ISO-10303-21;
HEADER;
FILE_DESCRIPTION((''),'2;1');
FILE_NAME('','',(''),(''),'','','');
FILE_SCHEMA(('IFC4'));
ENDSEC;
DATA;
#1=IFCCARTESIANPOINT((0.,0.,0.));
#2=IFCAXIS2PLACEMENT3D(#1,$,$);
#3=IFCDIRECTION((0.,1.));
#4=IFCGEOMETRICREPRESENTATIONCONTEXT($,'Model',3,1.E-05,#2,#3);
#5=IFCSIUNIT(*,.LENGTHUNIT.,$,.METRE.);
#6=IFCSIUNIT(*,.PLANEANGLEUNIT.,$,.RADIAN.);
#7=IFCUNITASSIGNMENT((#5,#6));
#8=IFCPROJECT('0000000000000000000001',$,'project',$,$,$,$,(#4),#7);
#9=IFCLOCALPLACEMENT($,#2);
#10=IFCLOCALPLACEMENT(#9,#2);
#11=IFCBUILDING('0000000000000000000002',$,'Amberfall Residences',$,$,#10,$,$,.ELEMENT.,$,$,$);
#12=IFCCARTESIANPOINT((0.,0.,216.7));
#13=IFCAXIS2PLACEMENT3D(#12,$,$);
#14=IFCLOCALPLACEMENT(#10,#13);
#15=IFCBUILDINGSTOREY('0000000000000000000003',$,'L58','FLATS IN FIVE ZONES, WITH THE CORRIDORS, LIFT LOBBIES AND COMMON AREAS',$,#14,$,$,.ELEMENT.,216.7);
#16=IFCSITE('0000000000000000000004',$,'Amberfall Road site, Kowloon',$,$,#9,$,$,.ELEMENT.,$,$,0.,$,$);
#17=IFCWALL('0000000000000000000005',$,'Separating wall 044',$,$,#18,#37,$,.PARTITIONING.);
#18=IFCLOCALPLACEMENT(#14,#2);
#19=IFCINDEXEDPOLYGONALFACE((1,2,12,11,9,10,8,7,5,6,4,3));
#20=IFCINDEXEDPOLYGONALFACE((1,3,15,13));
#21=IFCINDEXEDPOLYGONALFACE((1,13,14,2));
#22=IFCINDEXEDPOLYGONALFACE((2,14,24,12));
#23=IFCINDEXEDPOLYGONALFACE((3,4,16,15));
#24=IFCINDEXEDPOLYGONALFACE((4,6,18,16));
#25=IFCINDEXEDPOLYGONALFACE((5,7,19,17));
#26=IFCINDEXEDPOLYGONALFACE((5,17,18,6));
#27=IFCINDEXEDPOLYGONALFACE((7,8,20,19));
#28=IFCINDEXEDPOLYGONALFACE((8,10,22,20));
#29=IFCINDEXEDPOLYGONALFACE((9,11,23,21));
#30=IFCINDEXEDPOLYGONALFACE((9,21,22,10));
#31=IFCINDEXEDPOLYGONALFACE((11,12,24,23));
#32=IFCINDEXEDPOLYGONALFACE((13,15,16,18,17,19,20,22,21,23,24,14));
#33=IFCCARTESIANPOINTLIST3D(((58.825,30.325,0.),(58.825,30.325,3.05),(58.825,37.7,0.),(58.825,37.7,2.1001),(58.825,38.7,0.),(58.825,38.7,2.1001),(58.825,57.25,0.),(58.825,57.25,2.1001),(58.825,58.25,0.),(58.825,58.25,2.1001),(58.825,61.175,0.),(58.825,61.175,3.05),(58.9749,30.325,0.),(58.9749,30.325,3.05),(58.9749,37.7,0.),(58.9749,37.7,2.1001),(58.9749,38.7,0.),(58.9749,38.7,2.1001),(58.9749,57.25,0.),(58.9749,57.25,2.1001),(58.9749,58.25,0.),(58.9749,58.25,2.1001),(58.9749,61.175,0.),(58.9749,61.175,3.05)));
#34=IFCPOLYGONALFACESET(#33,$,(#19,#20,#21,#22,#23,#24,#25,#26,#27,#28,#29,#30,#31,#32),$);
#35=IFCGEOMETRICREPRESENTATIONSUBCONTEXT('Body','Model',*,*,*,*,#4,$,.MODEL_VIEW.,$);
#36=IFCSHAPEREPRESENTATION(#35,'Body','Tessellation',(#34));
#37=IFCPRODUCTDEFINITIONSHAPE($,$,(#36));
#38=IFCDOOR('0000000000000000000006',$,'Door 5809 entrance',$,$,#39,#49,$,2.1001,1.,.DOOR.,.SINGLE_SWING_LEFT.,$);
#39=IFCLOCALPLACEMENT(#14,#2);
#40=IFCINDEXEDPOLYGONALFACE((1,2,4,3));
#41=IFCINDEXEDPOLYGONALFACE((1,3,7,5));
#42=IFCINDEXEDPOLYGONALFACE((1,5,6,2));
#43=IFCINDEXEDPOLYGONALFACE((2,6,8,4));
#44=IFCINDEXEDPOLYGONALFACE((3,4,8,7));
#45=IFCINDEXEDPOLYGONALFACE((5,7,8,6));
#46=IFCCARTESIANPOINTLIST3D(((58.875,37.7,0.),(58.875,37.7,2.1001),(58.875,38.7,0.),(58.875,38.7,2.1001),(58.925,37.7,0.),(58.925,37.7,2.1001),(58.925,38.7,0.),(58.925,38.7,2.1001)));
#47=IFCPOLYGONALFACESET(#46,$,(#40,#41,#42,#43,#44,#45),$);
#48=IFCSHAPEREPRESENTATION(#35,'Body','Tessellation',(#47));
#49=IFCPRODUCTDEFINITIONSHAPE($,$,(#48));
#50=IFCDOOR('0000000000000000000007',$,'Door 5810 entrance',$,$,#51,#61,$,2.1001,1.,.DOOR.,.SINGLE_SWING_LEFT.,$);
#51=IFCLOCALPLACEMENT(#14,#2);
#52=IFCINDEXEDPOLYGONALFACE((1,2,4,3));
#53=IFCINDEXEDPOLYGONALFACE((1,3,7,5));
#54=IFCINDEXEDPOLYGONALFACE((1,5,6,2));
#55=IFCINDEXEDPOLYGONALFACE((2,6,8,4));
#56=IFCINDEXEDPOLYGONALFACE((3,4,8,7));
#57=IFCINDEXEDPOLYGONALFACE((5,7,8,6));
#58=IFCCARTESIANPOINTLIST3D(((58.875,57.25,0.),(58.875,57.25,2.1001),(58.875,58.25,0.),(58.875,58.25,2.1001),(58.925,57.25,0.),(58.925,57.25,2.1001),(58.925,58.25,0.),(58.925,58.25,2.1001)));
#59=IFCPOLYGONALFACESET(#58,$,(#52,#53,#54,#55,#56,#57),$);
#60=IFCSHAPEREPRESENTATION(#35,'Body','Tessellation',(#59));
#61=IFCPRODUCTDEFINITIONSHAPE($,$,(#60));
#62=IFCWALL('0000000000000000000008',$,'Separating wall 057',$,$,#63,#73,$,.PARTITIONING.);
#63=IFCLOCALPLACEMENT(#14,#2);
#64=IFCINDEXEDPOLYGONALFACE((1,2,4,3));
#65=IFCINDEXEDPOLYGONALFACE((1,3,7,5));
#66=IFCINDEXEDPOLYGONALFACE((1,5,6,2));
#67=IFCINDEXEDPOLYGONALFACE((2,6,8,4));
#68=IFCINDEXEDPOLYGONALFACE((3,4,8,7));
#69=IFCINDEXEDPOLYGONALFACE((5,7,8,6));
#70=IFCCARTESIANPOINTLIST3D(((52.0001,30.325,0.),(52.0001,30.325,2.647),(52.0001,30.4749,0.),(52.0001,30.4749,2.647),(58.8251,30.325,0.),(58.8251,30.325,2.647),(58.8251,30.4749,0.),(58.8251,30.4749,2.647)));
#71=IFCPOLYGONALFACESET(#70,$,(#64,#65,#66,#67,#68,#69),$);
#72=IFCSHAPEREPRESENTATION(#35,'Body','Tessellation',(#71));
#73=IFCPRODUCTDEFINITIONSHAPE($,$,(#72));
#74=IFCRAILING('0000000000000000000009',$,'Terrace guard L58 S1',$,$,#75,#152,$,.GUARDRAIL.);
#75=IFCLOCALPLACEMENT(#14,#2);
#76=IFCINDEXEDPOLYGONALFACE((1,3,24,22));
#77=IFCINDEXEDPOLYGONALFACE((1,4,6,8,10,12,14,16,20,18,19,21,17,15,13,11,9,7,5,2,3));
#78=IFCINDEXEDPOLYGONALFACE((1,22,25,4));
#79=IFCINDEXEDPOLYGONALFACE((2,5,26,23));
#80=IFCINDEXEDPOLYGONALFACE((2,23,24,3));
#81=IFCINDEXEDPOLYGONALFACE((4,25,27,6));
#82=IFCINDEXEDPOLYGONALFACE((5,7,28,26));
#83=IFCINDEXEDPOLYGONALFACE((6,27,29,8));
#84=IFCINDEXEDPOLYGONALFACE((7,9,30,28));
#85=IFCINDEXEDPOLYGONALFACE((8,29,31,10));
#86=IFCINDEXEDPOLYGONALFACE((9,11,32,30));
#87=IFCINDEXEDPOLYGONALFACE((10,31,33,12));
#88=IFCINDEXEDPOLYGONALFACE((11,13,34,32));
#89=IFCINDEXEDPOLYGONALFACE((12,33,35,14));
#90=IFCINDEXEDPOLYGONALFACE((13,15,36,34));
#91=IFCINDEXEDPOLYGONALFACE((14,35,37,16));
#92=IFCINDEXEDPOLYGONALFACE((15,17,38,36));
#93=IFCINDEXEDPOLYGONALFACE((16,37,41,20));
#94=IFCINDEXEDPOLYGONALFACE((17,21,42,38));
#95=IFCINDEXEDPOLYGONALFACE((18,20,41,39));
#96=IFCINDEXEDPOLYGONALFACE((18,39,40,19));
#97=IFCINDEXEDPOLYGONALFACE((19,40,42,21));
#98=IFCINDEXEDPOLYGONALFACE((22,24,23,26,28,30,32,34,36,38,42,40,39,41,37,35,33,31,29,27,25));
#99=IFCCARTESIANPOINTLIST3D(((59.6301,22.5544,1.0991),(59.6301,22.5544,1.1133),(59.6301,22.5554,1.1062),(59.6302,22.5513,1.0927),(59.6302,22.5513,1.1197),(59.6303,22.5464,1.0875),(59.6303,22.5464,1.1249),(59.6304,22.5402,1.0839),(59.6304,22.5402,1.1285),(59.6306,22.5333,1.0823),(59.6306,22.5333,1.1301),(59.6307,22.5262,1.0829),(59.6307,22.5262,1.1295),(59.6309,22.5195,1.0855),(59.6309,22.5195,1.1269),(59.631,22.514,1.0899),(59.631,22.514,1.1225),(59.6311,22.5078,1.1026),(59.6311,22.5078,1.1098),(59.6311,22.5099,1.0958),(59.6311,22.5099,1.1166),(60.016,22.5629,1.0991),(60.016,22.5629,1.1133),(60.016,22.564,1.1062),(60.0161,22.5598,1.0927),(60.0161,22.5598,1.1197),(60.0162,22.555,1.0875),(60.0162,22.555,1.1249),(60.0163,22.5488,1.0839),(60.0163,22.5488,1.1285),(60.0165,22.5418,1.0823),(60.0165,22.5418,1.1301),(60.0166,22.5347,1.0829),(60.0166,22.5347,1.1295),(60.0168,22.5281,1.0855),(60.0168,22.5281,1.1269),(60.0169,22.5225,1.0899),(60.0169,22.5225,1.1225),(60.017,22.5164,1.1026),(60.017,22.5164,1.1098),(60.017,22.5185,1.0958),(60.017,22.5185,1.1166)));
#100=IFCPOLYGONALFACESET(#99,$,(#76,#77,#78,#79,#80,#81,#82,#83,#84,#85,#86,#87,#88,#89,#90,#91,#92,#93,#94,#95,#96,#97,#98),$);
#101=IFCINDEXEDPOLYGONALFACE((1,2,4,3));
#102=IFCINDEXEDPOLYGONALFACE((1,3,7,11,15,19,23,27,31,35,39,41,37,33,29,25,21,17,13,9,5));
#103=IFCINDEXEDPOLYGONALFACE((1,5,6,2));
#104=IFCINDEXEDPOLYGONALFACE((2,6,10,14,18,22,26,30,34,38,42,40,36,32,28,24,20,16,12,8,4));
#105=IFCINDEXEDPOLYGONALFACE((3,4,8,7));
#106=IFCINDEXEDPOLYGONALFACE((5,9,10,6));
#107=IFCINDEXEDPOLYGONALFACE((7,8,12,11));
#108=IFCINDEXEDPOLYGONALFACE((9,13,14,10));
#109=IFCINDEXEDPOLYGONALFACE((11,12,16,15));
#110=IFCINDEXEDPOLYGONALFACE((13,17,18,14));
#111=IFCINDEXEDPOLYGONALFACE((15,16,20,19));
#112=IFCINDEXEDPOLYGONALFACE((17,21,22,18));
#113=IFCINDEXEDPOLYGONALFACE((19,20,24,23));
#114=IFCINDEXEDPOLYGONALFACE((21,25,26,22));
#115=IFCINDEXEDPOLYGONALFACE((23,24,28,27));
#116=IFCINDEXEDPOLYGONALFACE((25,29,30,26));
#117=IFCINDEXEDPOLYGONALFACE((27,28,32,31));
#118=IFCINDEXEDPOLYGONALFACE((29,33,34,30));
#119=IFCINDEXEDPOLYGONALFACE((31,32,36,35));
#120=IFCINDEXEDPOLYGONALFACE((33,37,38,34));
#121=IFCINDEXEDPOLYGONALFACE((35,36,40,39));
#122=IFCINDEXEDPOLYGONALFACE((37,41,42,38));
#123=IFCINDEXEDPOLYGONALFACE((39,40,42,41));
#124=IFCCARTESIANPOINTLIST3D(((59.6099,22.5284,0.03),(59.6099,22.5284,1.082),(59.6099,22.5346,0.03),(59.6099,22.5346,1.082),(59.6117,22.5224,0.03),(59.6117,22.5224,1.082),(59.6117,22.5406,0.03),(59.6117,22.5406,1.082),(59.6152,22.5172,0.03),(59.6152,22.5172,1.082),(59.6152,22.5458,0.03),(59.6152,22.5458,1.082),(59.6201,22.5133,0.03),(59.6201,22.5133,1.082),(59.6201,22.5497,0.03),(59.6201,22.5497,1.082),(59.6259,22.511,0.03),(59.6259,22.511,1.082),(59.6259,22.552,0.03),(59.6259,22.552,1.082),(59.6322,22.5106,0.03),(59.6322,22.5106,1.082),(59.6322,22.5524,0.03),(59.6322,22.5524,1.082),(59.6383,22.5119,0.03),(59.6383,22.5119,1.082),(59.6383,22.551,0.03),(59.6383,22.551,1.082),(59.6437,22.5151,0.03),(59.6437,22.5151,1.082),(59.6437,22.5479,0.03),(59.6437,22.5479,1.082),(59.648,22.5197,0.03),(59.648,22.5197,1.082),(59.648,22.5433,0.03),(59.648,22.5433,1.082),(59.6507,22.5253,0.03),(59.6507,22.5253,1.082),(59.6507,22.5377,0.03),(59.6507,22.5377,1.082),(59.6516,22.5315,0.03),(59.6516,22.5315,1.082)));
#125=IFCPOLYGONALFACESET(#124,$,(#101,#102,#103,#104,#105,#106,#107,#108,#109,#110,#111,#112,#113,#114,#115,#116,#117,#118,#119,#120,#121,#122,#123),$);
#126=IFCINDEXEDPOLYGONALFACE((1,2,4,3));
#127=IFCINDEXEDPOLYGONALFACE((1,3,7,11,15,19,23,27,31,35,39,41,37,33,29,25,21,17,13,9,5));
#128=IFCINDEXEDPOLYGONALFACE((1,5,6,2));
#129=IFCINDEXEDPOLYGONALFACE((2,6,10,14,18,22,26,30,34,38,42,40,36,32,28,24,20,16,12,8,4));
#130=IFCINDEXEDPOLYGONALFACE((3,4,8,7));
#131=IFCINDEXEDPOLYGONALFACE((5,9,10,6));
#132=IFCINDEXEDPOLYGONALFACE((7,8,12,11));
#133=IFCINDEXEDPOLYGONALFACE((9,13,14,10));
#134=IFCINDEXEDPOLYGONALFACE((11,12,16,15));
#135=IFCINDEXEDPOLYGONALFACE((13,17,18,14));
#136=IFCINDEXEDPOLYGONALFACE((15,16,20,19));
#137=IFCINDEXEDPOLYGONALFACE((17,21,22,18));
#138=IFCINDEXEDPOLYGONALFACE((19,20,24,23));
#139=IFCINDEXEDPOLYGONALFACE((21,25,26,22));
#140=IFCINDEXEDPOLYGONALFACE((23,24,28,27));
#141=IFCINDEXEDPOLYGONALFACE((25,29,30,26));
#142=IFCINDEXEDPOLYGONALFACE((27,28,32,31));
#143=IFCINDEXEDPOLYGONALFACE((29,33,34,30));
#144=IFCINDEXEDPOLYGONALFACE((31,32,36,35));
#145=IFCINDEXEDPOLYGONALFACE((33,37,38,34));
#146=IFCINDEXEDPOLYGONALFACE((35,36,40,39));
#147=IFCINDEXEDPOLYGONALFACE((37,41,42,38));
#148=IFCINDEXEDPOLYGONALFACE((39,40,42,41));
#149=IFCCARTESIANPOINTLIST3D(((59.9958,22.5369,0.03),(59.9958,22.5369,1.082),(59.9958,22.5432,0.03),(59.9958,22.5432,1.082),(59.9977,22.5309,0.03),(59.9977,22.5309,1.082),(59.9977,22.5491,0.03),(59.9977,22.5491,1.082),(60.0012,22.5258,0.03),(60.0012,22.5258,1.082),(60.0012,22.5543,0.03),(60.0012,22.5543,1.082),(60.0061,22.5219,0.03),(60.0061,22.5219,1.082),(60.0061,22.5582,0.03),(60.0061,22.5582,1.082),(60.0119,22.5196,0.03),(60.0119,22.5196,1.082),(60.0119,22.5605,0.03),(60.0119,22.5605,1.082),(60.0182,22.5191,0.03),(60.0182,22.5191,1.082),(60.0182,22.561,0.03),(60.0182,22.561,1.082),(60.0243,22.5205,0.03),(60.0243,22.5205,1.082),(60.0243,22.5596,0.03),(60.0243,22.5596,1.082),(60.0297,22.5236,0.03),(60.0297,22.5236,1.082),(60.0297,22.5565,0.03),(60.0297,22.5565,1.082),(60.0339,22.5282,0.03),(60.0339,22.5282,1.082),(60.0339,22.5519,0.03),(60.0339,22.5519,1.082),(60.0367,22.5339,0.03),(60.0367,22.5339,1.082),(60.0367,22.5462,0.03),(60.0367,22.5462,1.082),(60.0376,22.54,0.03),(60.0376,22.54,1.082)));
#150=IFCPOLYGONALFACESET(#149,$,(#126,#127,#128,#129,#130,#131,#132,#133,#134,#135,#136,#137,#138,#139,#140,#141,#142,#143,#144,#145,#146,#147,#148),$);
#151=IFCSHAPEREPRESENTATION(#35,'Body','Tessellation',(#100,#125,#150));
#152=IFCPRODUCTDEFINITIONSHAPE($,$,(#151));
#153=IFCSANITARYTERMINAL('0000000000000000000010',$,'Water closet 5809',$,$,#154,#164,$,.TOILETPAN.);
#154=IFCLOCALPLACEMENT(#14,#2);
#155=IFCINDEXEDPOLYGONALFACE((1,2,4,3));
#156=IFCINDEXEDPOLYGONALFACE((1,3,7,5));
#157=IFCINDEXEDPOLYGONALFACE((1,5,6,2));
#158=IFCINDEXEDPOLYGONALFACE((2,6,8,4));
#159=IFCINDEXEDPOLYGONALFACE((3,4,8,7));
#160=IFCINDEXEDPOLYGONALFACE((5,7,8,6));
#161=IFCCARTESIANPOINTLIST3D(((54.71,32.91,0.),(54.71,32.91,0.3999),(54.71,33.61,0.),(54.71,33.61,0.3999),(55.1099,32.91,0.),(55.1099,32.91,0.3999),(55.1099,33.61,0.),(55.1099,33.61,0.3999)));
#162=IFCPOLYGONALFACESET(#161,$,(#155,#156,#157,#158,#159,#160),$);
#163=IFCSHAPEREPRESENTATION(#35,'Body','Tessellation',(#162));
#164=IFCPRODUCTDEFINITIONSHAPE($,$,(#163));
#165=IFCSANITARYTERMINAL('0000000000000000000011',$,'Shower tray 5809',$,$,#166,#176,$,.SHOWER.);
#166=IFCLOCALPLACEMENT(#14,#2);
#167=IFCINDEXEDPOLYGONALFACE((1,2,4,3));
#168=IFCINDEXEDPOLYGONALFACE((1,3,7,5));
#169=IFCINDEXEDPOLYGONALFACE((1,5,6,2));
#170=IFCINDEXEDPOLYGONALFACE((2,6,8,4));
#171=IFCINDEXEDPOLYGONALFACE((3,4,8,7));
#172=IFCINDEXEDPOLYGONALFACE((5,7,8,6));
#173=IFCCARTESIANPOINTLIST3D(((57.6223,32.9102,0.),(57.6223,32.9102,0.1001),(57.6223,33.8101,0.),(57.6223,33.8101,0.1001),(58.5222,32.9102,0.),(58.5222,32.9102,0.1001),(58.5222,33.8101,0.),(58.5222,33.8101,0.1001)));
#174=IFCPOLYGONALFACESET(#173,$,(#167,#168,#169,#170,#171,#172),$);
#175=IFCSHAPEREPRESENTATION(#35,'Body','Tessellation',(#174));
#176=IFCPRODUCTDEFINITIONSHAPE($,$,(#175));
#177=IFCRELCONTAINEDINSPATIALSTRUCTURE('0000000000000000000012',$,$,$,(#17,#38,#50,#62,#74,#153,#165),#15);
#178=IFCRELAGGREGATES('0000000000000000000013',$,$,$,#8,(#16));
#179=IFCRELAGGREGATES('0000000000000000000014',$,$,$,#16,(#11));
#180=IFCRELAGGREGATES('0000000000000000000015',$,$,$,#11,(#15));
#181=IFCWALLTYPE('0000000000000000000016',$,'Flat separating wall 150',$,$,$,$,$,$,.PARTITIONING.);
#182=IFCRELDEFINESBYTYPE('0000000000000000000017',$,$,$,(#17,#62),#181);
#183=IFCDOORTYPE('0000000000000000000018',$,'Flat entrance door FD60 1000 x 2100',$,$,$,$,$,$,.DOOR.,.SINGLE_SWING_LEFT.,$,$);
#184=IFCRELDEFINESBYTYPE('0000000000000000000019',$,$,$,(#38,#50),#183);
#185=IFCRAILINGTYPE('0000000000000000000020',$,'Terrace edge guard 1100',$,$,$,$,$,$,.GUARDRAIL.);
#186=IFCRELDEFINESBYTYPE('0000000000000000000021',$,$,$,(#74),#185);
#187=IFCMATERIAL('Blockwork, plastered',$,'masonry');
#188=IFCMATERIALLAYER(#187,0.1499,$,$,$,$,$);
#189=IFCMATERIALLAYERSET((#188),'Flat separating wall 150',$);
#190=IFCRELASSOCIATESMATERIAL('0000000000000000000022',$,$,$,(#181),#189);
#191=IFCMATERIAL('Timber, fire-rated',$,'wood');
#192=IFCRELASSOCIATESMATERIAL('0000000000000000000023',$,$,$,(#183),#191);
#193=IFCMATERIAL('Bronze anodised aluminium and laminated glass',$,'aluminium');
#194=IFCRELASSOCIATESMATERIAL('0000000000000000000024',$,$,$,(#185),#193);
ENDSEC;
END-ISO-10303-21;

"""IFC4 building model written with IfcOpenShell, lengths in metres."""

from ifc_helpers import new_model, si_unit, direction, frame, frame_2d, origin, origin_2d, place, context, subcontext, project, spatial, rectangle, circle, extrude, material, layer, layer_set, type_object, element, fill, save


model = new_model("IFC4")

# Units and contexts
model_context = context("Model", 3, precision=1e-05, world=origin(), true_north=direction((0.0, 1.0)))
body_context = subcontext(model_context, "Body", "Model", "MODEL_VIEW")
ifc_project = project(units=[si_unit("LENGTHUNIT", "METRE"), si_unit("PLANEANGLEUNIT", "RADIAN")], contexts=[model_context])

# Site, building, storey
site_placement = place(None, origin())
site = spatial("IfcSite", under=ifc_project, at=site_placement, Name="Amberfall Road site, Kowloon", CompositionType="ELEMENT", RefElevation=0.0)
building_placement = place(site_placement, origin())
building = spatial("IfcBuilding", under=site, at=building_placement, Name="Amberfall Residences", CompositionType="ELEMENT")
storey_placement = place(building_placement, frame((0.0, 0.0, 216.7)))
storey = spatial("IfcBuildingStorey", under=building, at=storey_placement, Name="L58", Description="FLATS IN FIVE ZONES, WITH THE CORRIDORS, LIFT LOBBIES AND COMMON AREAS", CompositionType="ELEMENT", Elevation=216.7)

# Wall, openings, doors
ifc_material_1 = material(Name="Blockwork, plastered", Category="masonry")
ifc_layer_1 = layer(ifc_material_1, 0.1499)
ifc_layer_set_1 = layer_set([ifc_layer_1], Name="Flat separating wall 150")
wall_type_1 = type_object("IfcWallType", Name="Flat separating wall 150", PredefinedType="PARTITIONING", material=ifc_layer_set_1)
wall_1_placement = place(storey_placement, frame((58.8999, 30.325, 0.0), z_axis=(0.0, 0.0, 1.0), x_axis=(0.0, 1.0, 0.0)))
wall_1 = element("IfcWall", 1, at=wall_1_placement, inside=storey, type_object=wall_type_1, Name="Separating wall 044", PredefinedType="PARTITIONING", context=body_context, shape_type="SweptSolid", body=[
    extrude(rectangle(XDim=30.8501, YDim=0.1499, at=frame_2d((15.425, 0.0))), origin(), (0.0, 0.0, 1.0), 3.05),
])
opening_1_placement = place(wall_1_placement, frame((7.375, 0.0, 0.0)))
opening_1 = element("IfcOpeningElement", 2, at=opening_1_placement, cuts=wall_1, PredefinedType="OPENING", context=body_context, shape_type="SweptSolid", body=[
    extrude(rectangle(XDim=1.0, YDim=2.1001, at=frame_2d((0.5, 1.05))), frame((0.0, 0.085, 0.0), z_axis=(0.0, -1.0, 0.0), x_axis=(1.0, 0.0, 0.0)), (0.0, 0.0, 1.0), 0.1699),
])
opening_2_placement = place(wall_1_placement, frame((26.925, 0.0, 0.0)))
opening_2 = element("IfcOpeningElement", 3, at=opening_2_placement, cuts=wall_1, PredefinedType="OPENING", context=body_context, shape_type="SweptSolid", body=[
    extrude(rectangle(XDim=1.0, YDim=2.1001, at=frame_2d((0.5, 1.05))), frame((0.0, 0.085, 0.0), z_axis=(0.0, -1.0, 0.0), x_axis=(1.0, 0.0, 0.0)), (0.0, 0.0, 1.0), 0.1699),
])
ifc_material_2 = material(Name="Timber, fire-rated", Category="wood")
door_type_1 = type_object("IfcDoorType", Name="Flat entrance door FD60 1000 x 2100", OperationType="SINGLE_SWING_LEFT", PredefinedType="DOOR", material=ifc_material_2)
door_1_placement = place(opening_1_placement, origin())
door_1 = element("IfcDoor", 4, at=door_1_placement, inside=storey, type_object=door_type_1, Name="Door 5809 entrance", OperationType="SINGLE_SWING_LEFT", OverallHeight=2.1001, OverallWidth=1.0, PredefinedType="DOOR", context=body_context, shape_type="SweptSolid", body=[
    extrude(rectangle(XDim=1.0, YDim=2.1001, at=frame_2d((0.5, 1.05))), frame((0.0, 0.0249, 0.0), z_axis=(0.0, -1.0, 0.0), x_axis=(1.0, 0.0, 0.0)), (0.0, 0.0, 1.0), 0.05),
])
fill(opening_1, door_1)
door_2_placement = place(opening_2_placement, origin())
door_2 = element("IfcDoor", 5, at=door_2_placement, inside=storey, type_object=door_type_1, Name="Door 5810 entrance", OperationType="SINGLE_SWING_LEFT", OverallHeight=2.1001, OverallWidth=1.0, PredefinedType="DOOR", context=body_context, shape_type="SweptSolid", body=[
    extrude(rectangle(XDim=1.0, YDim=2.1001, at=frame_2d((0.5, 1.05))), frame((0.0, 0.0249, 0.0), z_axis=(0.0, -1.0, 0.0), x_axis=(1.0, 0.0, 0.0)), (0.0, 0.0, 1.0), 0.05),
])
fill(opening_2, door_2)

# Wall
wall_2_placement = place(storey_placement, frame((52.0, 30.3999, 0.0), z_axis=(0.0, 0.0, 1.0), x_axis=(1.0, 0.0, 0.0)))
element("IfcWall", 6, at=wall_2_placement, inside=storey, type_object=wall_type_1, Name="Separating wall 057", PredefinedType="PARTITIONING", context=body_context, shape_type="SweptSolid", body=[
    extrude(rectangle(XDim=6.825, YDim=0.1499, at=frame_2d((3.4126, 0.0))), origin(), (0.0, 0.0, 1.0), 2.647),
])

# Railing
ifc_material_3 = material(Name="Bronze anodised aluminium and laminated glass", Category="aluminium")
railing_type = type_object("IfcRailingType", Name="Terrace edge guard 1100", PredefinedType="GUARDRAIL", material=ifc_material_3)
railing_placement = place(storey_placement, frame((59.6306, 22.5315, 0.03)))
element("IfcRailing", 7, at=railing_placement, inside=storey, type_object=railing_type, Name="Terrace guard L58 S1", PredefinedType="GUARDRAIL", context=body_context, shape_type="SweptSolid", body=[
    extrude(circle(Radius=0.0239, at=origin_2d()), frame((0.0, 0.0, 1.0762), z_axis=(0.999755, 0.022132, 0.0), x_axis=(-0.022132, 0.999755, 0.0)), (0.0, 0.0, 1.0), 0.386),
    extrude(circle(Radius=0.021, at=origin_2d()), origin(), (0.0, 0.0, 1.0), 1.052),
    extrude(circle(Radius=0.021, at=origin_2d()), frame((0.386, 0.0085, 0.0)), (0.0, 0.0, 1.0), 1.052),
])

# Sanitary terminals
sanitary_terminal_1_placement = place(storey_placement, frame((54.9099, 33.26, 0.0), z_axis=(0.0, 0.0, 1.0), x_axis=(1.0, 0.0, 0.0)))
element("IfcSanitaryTerminal", 8, at=sanitary_terminal_1_placement, inside=storey, Name="Water closet 5809", PredefinedType="TOILETPAN", context=body_context, shape_type="SweptSolid", body=[
    extrude(rectangle(XDim=0.3999, YDim=0.7, at=origin_2d()), origin(), (0.0, 0.0, 1.0), 0.3999),
])
sanitary_terminal_2_placement = place(storey_placement, frame((58.0723, 33.3601, 0.0), z_axis=(0.0, 0.0, 1.0), x_axis=(1.0, 0.0, 0.0)))
element("IfcSanitaryTerminal", 9, at=sanitary_terminal_2_placement, inside=storey, Name="Shower tray 5809", PredefinedType="SHOWER", context=body_context, shape_type="SweptSolid", body=[
    extrude(rectangle(XDim=0.8999, YDim=0.8999, at=origin_2d()), origin(), (0.0, 0.0, 1.0), 0.1001),
])

save(model, "model.ifc")
